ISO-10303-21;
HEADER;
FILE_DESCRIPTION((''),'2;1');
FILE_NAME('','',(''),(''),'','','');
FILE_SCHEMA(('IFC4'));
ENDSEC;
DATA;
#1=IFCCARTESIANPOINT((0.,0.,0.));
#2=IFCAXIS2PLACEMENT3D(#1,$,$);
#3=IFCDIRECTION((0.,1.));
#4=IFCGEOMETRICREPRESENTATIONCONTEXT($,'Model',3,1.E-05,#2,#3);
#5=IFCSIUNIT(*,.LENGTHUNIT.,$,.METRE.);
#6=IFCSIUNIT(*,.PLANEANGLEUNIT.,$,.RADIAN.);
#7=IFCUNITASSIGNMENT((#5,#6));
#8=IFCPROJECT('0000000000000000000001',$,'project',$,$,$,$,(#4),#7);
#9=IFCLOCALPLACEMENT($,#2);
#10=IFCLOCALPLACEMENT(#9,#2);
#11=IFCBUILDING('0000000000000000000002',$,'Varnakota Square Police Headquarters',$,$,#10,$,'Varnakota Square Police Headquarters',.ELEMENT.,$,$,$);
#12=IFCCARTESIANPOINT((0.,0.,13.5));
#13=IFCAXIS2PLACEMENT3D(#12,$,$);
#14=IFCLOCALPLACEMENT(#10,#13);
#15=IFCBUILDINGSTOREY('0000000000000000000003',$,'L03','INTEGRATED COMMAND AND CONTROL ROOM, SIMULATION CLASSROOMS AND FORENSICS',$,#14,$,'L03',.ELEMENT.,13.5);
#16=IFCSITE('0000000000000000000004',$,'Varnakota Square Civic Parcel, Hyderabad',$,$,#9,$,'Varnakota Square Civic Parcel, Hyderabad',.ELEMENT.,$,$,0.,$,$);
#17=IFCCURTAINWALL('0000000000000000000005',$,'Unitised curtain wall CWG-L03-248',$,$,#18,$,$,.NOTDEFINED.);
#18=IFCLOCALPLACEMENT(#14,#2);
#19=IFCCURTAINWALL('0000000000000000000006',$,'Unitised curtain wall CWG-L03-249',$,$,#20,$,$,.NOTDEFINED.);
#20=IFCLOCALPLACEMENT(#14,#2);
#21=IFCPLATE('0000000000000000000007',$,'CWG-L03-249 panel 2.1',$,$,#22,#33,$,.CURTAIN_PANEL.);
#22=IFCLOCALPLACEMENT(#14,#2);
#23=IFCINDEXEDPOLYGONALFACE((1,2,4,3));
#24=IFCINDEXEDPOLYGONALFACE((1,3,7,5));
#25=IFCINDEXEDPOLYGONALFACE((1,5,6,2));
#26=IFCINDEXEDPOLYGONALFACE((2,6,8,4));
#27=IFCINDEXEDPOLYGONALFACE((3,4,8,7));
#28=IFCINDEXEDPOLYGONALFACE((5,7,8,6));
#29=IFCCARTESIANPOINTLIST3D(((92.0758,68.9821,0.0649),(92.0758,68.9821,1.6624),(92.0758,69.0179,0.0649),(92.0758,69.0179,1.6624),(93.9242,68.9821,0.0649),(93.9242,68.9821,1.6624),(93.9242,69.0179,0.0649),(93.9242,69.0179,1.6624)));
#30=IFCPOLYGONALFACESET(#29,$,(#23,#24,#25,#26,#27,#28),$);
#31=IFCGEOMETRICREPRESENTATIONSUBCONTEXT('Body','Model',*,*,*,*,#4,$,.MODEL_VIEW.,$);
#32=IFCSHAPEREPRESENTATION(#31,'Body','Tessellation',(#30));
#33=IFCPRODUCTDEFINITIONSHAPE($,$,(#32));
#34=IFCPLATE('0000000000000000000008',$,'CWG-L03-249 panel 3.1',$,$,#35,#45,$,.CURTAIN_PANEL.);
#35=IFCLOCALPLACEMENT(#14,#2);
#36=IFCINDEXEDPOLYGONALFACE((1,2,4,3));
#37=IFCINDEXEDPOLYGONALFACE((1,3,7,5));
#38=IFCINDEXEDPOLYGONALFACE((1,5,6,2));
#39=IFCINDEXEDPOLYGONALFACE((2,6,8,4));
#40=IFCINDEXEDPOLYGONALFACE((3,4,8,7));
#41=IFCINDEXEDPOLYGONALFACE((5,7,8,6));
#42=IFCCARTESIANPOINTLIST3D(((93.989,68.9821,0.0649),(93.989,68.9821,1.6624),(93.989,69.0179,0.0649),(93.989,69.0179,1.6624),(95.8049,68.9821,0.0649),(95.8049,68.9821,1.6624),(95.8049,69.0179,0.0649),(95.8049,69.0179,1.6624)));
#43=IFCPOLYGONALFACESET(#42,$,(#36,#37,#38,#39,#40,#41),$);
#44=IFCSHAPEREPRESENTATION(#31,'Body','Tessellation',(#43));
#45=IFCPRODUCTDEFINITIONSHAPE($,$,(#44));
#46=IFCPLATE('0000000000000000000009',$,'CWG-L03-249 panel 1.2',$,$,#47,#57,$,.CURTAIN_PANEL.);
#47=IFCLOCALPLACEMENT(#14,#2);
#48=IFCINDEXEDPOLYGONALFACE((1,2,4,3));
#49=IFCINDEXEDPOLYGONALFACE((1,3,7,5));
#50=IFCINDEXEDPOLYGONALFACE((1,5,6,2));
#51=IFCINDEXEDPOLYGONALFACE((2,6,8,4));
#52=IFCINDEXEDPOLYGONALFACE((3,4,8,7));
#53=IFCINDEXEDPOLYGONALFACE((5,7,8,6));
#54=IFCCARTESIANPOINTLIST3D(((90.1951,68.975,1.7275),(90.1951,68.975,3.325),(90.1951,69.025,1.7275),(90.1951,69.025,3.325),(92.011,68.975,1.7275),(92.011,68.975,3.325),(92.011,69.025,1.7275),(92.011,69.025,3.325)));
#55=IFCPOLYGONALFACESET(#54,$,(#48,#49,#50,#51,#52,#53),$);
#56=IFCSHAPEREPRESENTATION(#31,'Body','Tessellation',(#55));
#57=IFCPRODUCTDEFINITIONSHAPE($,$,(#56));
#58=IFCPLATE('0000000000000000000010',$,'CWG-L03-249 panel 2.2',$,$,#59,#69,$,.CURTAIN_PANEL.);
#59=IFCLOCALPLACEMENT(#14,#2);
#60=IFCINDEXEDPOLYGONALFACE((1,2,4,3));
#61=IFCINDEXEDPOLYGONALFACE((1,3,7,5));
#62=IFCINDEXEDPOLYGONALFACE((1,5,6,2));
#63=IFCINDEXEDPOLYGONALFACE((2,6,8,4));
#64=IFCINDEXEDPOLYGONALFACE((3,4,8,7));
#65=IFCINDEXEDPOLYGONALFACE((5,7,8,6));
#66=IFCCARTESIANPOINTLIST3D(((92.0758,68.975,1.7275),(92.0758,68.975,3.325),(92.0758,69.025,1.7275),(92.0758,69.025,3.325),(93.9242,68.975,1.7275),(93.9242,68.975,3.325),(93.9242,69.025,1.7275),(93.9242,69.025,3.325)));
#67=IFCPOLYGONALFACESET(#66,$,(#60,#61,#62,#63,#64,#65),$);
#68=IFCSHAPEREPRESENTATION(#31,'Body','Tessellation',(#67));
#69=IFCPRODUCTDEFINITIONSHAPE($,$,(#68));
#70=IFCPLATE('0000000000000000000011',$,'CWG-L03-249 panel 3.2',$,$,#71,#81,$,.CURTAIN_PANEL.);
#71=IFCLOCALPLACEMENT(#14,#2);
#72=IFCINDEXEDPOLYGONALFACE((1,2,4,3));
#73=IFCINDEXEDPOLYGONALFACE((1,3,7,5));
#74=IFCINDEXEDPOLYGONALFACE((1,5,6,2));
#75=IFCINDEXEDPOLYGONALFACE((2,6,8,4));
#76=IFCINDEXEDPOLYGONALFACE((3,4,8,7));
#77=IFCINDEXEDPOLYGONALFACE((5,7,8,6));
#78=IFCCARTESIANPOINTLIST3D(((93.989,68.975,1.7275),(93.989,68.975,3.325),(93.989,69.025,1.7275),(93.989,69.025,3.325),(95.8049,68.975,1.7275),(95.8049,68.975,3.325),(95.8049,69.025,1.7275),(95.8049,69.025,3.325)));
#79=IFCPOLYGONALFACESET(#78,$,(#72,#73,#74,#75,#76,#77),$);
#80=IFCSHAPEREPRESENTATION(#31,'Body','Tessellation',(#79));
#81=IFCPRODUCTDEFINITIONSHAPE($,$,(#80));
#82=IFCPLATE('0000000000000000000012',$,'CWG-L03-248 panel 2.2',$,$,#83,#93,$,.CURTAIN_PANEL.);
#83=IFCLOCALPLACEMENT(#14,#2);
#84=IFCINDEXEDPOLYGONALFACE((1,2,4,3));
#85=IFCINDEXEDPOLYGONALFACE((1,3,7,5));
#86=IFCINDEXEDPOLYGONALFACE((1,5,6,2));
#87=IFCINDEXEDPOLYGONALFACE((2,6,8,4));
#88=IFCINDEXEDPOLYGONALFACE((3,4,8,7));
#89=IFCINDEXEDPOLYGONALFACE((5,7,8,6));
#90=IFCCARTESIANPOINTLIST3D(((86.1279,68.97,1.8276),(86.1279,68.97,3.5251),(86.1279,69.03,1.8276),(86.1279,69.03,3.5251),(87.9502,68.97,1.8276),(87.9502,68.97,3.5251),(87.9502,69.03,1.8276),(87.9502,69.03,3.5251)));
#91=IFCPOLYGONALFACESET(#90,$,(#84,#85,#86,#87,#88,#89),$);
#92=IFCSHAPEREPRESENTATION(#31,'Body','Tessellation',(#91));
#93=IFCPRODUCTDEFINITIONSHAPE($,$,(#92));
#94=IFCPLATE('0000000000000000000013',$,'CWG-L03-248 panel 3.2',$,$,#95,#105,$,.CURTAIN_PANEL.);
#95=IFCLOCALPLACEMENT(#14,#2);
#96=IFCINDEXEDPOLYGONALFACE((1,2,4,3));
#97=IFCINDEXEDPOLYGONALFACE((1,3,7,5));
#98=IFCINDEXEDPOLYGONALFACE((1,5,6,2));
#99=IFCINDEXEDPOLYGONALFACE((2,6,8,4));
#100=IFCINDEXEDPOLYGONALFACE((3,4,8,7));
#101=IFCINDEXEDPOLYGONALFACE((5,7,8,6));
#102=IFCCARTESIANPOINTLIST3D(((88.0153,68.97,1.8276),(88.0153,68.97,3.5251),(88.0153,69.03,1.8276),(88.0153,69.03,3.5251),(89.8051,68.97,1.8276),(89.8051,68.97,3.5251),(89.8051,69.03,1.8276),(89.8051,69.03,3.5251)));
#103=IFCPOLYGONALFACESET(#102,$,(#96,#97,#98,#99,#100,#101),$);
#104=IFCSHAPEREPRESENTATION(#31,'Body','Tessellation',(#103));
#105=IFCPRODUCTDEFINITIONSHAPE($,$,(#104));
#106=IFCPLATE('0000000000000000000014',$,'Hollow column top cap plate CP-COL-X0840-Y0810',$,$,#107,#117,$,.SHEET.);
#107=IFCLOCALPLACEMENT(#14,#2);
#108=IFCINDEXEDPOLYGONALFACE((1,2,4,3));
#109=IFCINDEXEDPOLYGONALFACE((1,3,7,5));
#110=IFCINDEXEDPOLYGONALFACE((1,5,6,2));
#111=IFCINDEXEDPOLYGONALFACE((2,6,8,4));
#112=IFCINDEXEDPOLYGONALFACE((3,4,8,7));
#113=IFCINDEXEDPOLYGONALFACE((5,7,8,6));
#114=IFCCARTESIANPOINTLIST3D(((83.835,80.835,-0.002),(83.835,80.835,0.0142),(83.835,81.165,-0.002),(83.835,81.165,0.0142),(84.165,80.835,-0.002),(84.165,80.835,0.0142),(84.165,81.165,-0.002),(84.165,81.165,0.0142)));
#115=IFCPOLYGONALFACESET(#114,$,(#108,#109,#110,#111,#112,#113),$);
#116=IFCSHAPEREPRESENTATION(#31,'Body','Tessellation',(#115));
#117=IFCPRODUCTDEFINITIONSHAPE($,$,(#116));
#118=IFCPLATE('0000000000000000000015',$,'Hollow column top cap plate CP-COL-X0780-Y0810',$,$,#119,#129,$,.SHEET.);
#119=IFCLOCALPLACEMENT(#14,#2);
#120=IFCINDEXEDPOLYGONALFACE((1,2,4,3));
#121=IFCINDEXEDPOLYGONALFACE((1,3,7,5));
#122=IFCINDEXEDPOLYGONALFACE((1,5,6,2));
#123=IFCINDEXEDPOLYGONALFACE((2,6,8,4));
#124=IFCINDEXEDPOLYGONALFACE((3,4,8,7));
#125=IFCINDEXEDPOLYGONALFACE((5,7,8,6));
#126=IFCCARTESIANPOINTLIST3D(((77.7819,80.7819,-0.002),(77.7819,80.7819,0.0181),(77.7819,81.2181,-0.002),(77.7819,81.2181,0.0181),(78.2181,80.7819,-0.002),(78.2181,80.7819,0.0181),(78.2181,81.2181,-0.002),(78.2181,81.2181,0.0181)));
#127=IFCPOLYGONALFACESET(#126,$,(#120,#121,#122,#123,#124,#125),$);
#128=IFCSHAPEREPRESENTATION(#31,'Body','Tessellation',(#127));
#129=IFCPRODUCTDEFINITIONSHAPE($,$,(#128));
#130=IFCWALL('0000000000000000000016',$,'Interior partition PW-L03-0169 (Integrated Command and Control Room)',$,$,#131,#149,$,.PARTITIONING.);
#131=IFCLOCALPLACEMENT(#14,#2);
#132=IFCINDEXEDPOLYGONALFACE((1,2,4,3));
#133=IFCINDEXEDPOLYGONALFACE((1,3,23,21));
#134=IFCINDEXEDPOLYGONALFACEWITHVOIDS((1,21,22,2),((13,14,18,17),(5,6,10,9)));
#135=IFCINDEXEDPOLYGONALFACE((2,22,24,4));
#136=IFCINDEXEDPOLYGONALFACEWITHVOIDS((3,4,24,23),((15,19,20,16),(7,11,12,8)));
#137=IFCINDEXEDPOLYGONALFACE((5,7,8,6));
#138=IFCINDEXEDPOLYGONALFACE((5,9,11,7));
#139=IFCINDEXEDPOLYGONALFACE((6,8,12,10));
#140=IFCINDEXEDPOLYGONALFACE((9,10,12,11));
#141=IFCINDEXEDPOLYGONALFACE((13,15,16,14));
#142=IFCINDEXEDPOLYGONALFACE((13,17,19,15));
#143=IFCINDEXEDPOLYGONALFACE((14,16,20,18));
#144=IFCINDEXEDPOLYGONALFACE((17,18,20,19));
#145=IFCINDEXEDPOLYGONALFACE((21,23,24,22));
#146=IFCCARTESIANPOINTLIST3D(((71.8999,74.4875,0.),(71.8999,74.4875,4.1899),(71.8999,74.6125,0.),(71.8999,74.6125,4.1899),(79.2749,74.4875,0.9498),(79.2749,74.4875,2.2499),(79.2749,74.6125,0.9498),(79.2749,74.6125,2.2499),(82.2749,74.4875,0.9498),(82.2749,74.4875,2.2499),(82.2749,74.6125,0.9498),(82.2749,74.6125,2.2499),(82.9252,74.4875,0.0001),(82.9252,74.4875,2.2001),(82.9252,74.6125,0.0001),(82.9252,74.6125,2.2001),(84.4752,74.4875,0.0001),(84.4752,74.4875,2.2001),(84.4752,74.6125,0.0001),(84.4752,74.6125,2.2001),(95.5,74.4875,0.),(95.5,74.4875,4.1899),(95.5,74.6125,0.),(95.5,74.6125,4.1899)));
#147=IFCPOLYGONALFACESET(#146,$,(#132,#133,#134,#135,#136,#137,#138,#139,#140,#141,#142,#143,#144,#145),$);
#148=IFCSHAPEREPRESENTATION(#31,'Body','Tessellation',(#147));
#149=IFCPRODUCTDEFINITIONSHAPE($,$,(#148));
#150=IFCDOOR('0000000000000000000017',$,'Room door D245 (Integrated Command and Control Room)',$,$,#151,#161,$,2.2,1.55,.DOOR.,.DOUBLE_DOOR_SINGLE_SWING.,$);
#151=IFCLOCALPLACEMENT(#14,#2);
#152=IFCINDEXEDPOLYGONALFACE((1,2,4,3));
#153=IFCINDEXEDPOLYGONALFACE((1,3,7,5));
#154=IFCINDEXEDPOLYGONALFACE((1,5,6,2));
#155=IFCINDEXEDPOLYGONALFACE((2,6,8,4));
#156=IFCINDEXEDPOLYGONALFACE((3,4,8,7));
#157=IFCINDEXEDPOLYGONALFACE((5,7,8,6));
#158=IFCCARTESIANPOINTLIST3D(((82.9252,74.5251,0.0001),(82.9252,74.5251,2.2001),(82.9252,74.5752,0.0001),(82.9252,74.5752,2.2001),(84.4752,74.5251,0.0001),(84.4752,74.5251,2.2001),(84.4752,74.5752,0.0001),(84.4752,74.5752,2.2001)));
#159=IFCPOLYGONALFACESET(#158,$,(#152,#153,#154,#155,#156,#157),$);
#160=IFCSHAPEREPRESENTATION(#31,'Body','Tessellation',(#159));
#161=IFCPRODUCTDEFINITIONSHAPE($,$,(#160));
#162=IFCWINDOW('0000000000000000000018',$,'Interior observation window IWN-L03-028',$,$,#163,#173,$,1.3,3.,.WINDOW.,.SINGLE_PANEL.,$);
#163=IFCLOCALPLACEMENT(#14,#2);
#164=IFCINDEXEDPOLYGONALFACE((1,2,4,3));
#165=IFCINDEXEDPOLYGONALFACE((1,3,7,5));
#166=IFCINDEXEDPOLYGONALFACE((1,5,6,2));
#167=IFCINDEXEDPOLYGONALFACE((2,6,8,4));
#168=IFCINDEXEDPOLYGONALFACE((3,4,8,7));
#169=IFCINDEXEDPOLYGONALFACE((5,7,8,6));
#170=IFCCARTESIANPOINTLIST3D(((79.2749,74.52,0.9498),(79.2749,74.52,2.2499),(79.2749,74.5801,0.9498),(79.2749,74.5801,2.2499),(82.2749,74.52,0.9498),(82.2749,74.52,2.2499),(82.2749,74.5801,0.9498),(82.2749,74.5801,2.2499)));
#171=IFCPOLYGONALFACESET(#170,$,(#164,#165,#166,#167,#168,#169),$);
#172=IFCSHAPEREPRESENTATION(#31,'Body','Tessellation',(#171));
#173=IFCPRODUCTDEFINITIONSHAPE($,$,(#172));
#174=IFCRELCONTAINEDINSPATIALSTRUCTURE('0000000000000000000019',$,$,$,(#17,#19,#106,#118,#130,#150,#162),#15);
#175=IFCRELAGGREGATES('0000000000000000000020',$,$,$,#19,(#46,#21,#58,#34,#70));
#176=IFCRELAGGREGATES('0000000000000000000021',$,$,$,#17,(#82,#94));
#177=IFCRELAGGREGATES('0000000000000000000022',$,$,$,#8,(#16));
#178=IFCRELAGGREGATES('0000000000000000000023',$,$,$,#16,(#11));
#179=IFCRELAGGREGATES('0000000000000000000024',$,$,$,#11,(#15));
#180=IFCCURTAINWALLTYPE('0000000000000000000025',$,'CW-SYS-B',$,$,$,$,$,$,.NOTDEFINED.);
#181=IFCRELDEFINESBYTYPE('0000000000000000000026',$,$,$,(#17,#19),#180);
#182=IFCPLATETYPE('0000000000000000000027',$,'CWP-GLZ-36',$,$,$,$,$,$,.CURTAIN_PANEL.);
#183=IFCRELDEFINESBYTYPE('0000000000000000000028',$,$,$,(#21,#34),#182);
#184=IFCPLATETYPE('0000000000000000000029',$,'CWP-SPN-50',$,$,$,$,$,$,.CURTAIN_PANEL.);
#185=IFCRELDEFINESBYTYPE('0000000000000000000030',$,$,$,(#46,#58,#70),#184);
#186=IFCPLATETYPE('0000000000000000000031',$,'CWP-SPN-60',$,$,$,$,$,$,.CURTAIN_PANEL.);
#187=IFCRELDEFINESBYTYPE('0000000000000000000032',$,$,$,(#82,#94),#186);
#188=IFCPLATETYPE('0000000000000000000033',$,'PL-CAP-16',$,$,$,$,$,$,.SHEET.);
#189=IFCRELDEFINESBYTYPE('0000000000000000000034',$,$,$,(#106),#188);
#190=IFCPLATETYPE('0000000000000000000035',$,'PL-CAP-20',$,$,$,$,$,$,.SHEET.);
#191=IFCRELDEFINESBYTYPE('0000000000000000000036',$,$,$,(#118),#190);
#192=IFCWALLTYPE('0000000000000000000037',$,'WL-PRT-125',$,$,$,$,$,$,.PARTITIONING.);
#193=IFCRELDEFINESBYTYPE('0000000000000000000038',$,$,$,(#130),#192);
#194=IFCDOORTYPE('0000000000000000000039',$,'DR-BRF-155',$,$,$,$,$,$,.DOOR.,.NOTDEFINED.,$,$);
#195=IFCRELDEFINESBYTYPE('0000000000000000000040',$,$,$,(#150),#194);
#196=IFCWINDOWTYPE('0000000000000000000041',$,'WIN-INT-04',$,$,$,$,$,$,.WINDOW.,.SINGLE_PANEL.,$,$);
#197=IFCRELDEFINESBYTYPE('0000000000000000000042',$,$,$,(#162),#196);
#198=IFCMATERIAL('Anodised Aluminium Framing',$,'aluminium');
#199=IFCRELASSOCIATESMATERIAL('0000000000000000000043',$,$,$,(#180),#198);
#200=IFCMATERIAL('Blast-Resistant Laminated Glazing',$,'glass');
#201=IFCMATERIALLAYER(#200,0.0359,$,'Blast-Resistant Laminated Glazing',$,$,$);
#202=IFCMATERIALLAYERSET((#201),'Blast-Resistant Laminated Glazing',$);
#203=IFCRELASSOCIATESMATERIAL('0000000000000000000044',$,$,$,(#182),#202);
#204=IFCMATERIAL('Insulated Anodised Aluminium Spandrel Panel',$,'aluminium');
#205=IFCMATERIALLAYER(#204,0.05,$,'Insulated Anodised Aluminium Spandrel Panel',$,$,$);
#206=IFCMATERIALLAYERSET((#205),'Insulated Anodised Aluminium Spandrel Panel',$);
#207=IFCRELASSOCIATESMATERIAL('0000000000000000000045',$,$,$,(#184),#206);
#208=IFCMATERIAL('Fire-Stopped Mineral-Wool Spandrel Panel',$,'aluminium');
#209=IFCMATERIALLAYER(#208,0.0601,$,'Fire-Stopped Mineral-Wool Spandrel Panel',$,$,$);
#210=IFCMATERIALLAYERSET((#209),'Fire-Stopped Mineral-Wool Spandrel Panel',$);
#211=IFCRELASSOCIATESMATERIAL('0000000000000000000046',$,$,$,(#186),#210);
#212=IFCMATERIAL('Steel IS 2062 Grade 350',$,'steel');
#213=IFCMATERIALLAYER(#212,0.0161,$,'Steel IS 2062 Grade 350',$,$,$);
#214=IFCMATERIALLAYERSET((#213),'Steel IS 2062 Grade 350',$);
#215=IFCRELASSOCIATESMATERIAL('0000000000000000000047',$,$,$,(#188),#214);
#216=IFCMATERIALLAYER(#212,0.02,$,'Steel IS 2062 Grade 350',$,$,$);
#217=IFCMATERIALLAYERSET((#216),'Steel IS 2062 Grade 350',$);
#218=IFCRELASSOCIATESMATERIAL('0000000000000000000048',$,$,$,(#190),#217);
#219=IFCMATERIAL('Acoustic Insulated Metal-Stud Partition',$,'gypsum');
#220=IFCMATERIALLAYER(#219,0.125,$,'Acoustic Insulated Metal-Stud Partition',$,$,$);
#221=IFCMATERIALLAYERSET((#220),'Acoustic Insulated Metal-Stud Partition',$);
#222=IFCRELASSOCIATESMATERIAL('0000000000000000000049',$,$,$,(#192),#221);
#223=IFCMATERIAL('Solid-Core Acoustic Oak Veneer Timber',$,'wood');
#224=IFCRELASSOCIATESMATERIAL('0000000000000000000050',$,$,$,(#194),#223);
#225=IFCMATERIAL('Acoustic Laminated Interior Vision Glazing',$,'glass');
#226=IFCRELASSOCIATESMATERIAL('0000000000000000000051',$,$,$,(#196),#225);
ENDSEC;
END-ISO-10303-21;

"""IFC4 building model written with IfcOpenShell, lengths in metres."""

from ifc_helpers import new_model, si_unit, direction, frame, frame_2d, origin, origin_2d, place, context, subcontext, project, spatial, rectangle, extrude, material, layer, layer_set, type_object, element, fill, aggregate, save


model = new_model("IFC4")

# Units and contexts
model_context = context("Model", 3, precision=1e-05, world=origin(), true_north=direction((0.0, 1.0)))
body_context = subcontext(model_context, "Body", "Model", "MODEL_VIEW")
ifc_project = project(units=[si_unit("LENGTHUNIT", "METRE"), si_unit("PLANEANGLEUNIT", "RADIAN")], contexts=[model_context])

# Site, building, storey
site_placement = place(None, origin())
site = spatial("IfcSite", under=ifc_project, at=site_placement, Name="Varnakota Square Civic Parcel, Hyderabad", LongName="Varnakota Square Civic Parcel, Hyderabad", CompositionType="ELEMENT", RefElevation=0.0)
building_placement = place(site_placement, origin())
building = spatial("IfcBuilding", under=site, at=building_placement, Name="Varnakota Square Police Headquarters", LongName="Varnakota Square Police Headquarters", CompositionType="ELEMENT")
storey_placement = place(building_placement, frame((0.0, 0.0, 13.5)))
storey = spatial("IfcBuildingStorey", under=building, at=storey_placement, Name="L03", Description="INTEGRATED COMMAND AND CONTROL ROOM, SIMULATION CLASSROOMS AND FORENSICS", LongName="L03", CompositionType="ELEMENT", Elevation=13.5)

# Shared definitions
ifc_material_1 = material(Name="Steel IS 2062 Grade 350", Category="steel")

# Curtain walls
ifc_material_2 = material(Name="Anodised Aluminium Framing", Category="aluminium")
curtain_wall_type = type_object("IfcCurtainWallType", Name="CW-SYS-B", PredefinedType="NOTDEFINED", material=ifc_material_2)
curtain_wall_1_placement = place(storey_placement, origin())
curtain_wall_1 = element("IfcCurtainWall", 1, at=curtain_wall_1_placement, inside=storey, type_object=curtain_wall_type, Name="Unitised curtain wall CWG-L03-248", PredefinedType="NOTDEFINED")
curtain_wall_2_placement = place(storey_placement, origin())
curtain_wall_2 = element("IfcCurtainWall", 2, at=curtain_wall_2_placement, inside=storey, type_object=curtain_wall_type, Name="Unitised curtain wall CWG-L03-249", PredefinedType="NOTDEFINED")

# Plates
ifc_material_3 = material(Name="Blast-Resistant Laminated Glazing", Category="glass")
ifc_layer_1 = layer(ifc_material_3, 0.0359, Name="Blast-Resistant Laminated Glazing")
ifc_layer_set_1 = layer_set([ifc_layer_1], Name="Blast-Resistant Laminated Glazing")
plate_type_1 = type_object("IfcPlateType", Name="CWP-GLZ-36", PredefinedType="CURTAIN_PANEL", material=ifc_layer_set_1)
plate_1_placement = place(storey_placement, frame((93.0, 69.0, 0.0649), z_axis=(0.0, 0.0, 1.0), x_axis=(1.0, 0.0, 0.0)))
plate_1 = element("IfcPlate", 3, at=plate_1_placement, type_object=plate_type_1, Name="CWG-L03-249 panel 2.1", PredefinedType="CURTAIN_PANEL", context=body_context, shape_type="SweptSolid", body=[
    extrude(rectangle(XDim=1.8484, YDim=0.0359, at=origin_2d()), origin(), (0.0, 0.0, 1.0), 1.5974),
])
plate_2_placement = place(storey_placement, frame((94.897, 69.0, 0.0649), z_axis=(0.0, 0.0, 1.0), x_axis=(1.0, 0.0, 0.0)))
plate_2 = element("IfcPlate", 4, at=plate_2_placement, type_object=plate_type_1, Name="CWG-L03-249 panel 3.1", PredefinedType="CURTAIN_PANEL", context=body_context, shape_type="SweptSolid", body=[
    extrude(rectangle(XDim=1.8159, YDim=0.0359, at=origin_2d()), origin(), (0.0, 0.0, 1.0), 1.5974),
])
ifc_material_4 = material(Name="Insulated Anodised Aluminium Spandrel Panel", Category="aluminium")
ifc_layer_2 = layer(ifc_material_4, 0.05, Name="Insulated Anodised Aluminium Spandrel Panel")
ifc_layer_set_2 = layer_set([ifc_layer_2], Name="Insulated Anodised Aluminium Spandrel Panel")
plate_type_2 = type_object("IfcPlateType", Name="CWP-SPN-50", PredefinedType="CURTAIN_PANEL", material=ifc_layer_set_2)
plate_3_placement = place(storey_placement, frame((91.103, 69.0, 1.7275), z_axis=(0.0, 0.0, 1.0), x_axis=(1.0, 0.0, 0.0)))
plate_3 = element("IfcPlate", 5, at=plate_3_placement, type_object=plate_type_2, Name="CWG-L03-249 panel 1.2", PredefinedType="CURTAIN_PANEL", context=body_context, shape_type="SweptSolid", body=[
    extrude(rectangle(XDim=1.8159, YDim=0.05, at=origin_2d()), origin(), (0.0, 0.0, 1.0), 1.5974),
])
plate_4_placement = place(storey_placement, frame((93.0, 69.0, 1.7275), z_axis=(0.0, 0.0, 1.0), x_axis=(1.0, 0.0, 0.0)))
plate_4 = element("IfcPlate", 6, at=plate_4_placement, type_object=plate_type_2, Name="CWG-L03-249 panel 2.2", PredefinedType="CURTAIN_PANEL", context=body_context, shape_type="SweptSolid", body=[
    extrude(rectangle(XDim=1.8484, YDim=0.05, at=origin_2d()), origin(), (0.0, 0.0, 1.0), 1.5974),
])
plate_5_placement = place(storey_placement, frame((94.897, 69.0, 1.7275), z_axis=(0.0, 0.0, 1.0), x_axis=(1.0, 0.0, 0.0)))
plate_5 = element("IfcPlate", 7, at=plate_5_placement, type_object=plate_type_2, Name="CWG-L03-249 panel 3.2", PredefinedType="CURTAIN_PANEL", context=body_context, shape_type="SweptSolid", body=[
    extrude(rectangle(XDim=1.8159, YDim=0.05, at=origin_2d()), origin(), (0.0, 0.0, 1.0), 1.5974),
])
aggregate(curtain_wall_2, [plate_3, plate_1, plate_4, plate_2, plate_5])
ifc_material_5 = material(Name="Fire-Stopped Mineral-Wool Spandrel Panel", Category="aluminium")
ifc_layer_3 = layer(ifc_material_5, 0.0601, Name="Fire-Stopped Mineral-Wool Spandrel Panel")
ifc_layer_set_3 = layer_set([ifc_layer_3], Name="Fire-Stopped Mineral-Wool Spandrel Panel")
plate_type_3 = type_object("IfcPlateType", Name="CWP-SPN-60", PredefinedType="CURTAIN_PANEL", material=ifc_layer_set_3)
plate_6_placement = place(storey_placement, frame((87.0391, 69.0, 1.8276), z_axis=(0.0, 0.0, 1.0), x_axis=(1.0, 0.0, 0.0)))
plate_6 = element("IfcPlate", 8, at=plate_6_placement, type_object=plate_type_3, Name="CWG-L03-248 panel 2.2", PredefinedType="CURTAIN_PANEL", context=body_context, shape_type="SweptSolid", body=[
    extrude(rectangle(XDim=1.8223, YDim=0.0601, at=origin_2d()), origin(), (0.0, 0.0, 1.0), 1.6975),
])
plate_7_placement = place(storey_placement, frame((88.9102, 69.0, 1.8276), z_axis=(0.0, 0.0, 1.0), x_axis=(1.0, 0.0, 0.0)))
plate_7 = element("IfcPlate", 9, at=plate_7_placement, type_object=plate_type_3, Name="CWG-L03-248 panel 3.2", PredefinedType="CURTAIN_PANEL", context=body_context, shape_type="SweptSolid", body=[
    extrude(rectangle(XDim=1.7898, YDim=0.0601, at=origin_2d()), origin(), (0.0, 0.0, 1.0), 1.6975),
])
aggregate(curtain_wall_1, [plate_6, plate_7])

# Plates
ifc_layer_4 = layer(ifc_material_1, 0.0161, Name="Steel IS 2062 Grade 350")
ifc_layer_set_4 = layer_set([ifc_layer_4], Name="Steel IS 2062 Grade 350")
plate_type_4 = type_object("IfcPlateType", Name="PL-CAP-16", PredefinedType="SHEET", material=ifc_layer_set_4)
plate_8_placement = place(storey_placement, frame((84.0, 81.0, -0.002), z_axis=(0.0, 0.0, 1.0), x_axis=(1.0, 0.0, 0.0)))
element("IfcPlate", 10, at=plate_8_placement, inside=storey, type_object=plate_type_4, Name="Hollow column top cap plate CP-COL-X0840-Y0810", PredefinedType="SHEET", context=body_context, shape_type="SweptSolid", body=[
    extrude(rectangle(XDim=0.3301, YDim=0.3301, at=origin_2d()), origin(), (0.0, 0.0, 1.0), 0.0161),
])
ifc_layer_5 = layer(ifc_material_1, 0.02, Name="Steel IS 2062 Grade 350")
ifc_layer_set_5 = layer_set([ifc_layer_5], Name="Steel IS 2062 Grade 350")
plate_type_5 = type_object("IfcPlateType", Name="PL-CAP-20", PredefinedType="SHEET", material=ifc_layer_set_5)
plate_9_placement = place(storey_placement, frame((78.0, 81.0, -0.002), z_axis=(0.0, 0.0, 1.0), x_axis=(1.0, 0.0, 0.0)))
element("IfcPlate", 11, at=plate_9_placement, inside=storey, type_object=plate_type_5, Name="Hollow column top cap plate CP-COL-X0780-Y0810", PredefinedType="SHEET", context=body_context, shape_type="SweptSolid", body=[
    extrude(rectangle(XDim=0.4363, YDim=0.4363, at=origin_2d()), origin(), (0.0, 0.0, 1.0), 0.02),
])

# Wall, openings, door, window
ifc_material_6 = material(Name="Acoustic Insulated Metal-Stud Partition", Category="gypsum")
ifc_layer_6 = layer(ifc_material_6, 0.125, Name="Acoustic Insulated Metal-Stud Partition")
ifc_layer_set_6 = layer_set([ifc_layer_6], Name="Acoustic Insulated Metal-Stud Partition")
wall_type = type_object("IfcWallType", Name="WL-PRT-125", PredefinedType="PARTITIONING", material=ifc_layer_set_6)
wall_placement = place(storey_placement, frame((95.5, 74.55, 0.0), z_axis=(0.0, 0.0, 1.0), x_axis=(-1.0, 0.0, 0.0)))
wall = element("IfcWall", 12, at=wall_placement, inside=storey, type_object=wall_type, Name="Interior partition PW-L03-0169 (Integrated Command and Control Room)", PredefinedType="PARTITIONING", context=body_context, shape_type="SweptSolid", body=[
    extrude(rectangle(XDim=23.6001, YDim=0.125, at=frame_2d((11.8, 0.0))), origin(), (0.0, 0.0, 1.0), 4.1899),
])
opening_1_placement = place(wall_placement, frame((11.0249, 0.0, 0.0)))
opening_1 = element("IfcOpeningElement", 13, at=opening_1_placement, cuts=wall, PredefinedType="OPENING", context=body_context, shape_type="SweptSolid", body=[
    extrude(rectangle(XDim=1.55, YDim=2.2, at=frame_2d((0.7749, 1.1001))), frame((0.0, 0.0725, 0.0), z_axis=(0.0, -1.0, 0.0), x_axis=(1.0, 0.0, 0.0)), (0.0, 0.0, 1.0), 0.145),
])
opening_2_placement = place(wall_placement, frame((13.2251, 0.0, 0.95)))
opening_2 = element("IfcOpeningElement", 14, at=opening_2_placement, cuts=wall, PredefinedType="OPENING", context=body_context, shape_type="SweptSolid", body=[
    extrude(rectangle(XDim=3.0, YDim=1.3, at=frame_2d((1.5, 0.6499))), frame((0.0, 0.0725, 0.0), z_axis=(0.0, -1.0, 0.0), x_axis=(1.0, 0.0, 0.0)), (0.0, 0.0, 1.0), 0.145),
])
ifc_material_7 = material(Name="Solid-Core Acoustic Oak Veneer Timber", Category="wood")
door_type = type_object("IfcDoorType", Name="DR-BRF-155", OperationType="NOTDEFINED", PredefinedType="DOOR", material=ifc_material_7)
door_placement = place(opening_1_placement, origin())
door = element("IfcDoor", 15, at=door_placement, inside=storey, type_object=door_type, Name="Room door D245 (Integrated Command and Control Room)", OperationType="DOUBLE_DOOR_SINGLE_SWING", OverallHeight=2.2, OverallWidth=1.55, PredefinedType="DOOR", context=body_context, shape_type="SweptSolid", body=[
    extrude(rectangle(XDim=1.55, YDim=2.2, at=frame_2d((0.7749, 1.1001))), frame((0.0, 0.0249, 0.0), z_axis=(0.0, -1.0, 0.0), x_axis=(1.0, 0.0, 0.0)), (0.0, 0.0, 1.0), 0.05),
])
fill(opening_1, door)
ifc_material_8 = material(Name="Acoustic Laminated Interior Vision Glazing", Category="glass")
window_type = type_object("IfcWindowType", Name="WIN-INT-04", PartitioningType="SINGLE_PANEL", PredefinedType="WINDOW", material=ifc_material_8)
window_placement = place(opening_2_placement, origin())
window = element("IfcWindow", 16, at=window_placement, inside=storey, type_object=window_type, Name="Interior observation window IWN-L03-028", OverallHeight=1.3, OverallWidth=3.0, PartitioningType="SINGLE_PANEL", PredefinedType="WINDOW", context=body_context, shape_type="SweptSolid", body=[
    extrude(rectangle(XDim=3.0, YDim=1.3, at=frame_2d((1.5, 0.6499))), frame((0.0, 0.03, 0.0), z_axis=(0.0, -1.0, 0.0), x_axis=(1.0, 0.0, 0.0)), (0.0, 0.0, 1.0), 0.0601),
])
fill(opening_2, window)

save(model, "model.ifc")
